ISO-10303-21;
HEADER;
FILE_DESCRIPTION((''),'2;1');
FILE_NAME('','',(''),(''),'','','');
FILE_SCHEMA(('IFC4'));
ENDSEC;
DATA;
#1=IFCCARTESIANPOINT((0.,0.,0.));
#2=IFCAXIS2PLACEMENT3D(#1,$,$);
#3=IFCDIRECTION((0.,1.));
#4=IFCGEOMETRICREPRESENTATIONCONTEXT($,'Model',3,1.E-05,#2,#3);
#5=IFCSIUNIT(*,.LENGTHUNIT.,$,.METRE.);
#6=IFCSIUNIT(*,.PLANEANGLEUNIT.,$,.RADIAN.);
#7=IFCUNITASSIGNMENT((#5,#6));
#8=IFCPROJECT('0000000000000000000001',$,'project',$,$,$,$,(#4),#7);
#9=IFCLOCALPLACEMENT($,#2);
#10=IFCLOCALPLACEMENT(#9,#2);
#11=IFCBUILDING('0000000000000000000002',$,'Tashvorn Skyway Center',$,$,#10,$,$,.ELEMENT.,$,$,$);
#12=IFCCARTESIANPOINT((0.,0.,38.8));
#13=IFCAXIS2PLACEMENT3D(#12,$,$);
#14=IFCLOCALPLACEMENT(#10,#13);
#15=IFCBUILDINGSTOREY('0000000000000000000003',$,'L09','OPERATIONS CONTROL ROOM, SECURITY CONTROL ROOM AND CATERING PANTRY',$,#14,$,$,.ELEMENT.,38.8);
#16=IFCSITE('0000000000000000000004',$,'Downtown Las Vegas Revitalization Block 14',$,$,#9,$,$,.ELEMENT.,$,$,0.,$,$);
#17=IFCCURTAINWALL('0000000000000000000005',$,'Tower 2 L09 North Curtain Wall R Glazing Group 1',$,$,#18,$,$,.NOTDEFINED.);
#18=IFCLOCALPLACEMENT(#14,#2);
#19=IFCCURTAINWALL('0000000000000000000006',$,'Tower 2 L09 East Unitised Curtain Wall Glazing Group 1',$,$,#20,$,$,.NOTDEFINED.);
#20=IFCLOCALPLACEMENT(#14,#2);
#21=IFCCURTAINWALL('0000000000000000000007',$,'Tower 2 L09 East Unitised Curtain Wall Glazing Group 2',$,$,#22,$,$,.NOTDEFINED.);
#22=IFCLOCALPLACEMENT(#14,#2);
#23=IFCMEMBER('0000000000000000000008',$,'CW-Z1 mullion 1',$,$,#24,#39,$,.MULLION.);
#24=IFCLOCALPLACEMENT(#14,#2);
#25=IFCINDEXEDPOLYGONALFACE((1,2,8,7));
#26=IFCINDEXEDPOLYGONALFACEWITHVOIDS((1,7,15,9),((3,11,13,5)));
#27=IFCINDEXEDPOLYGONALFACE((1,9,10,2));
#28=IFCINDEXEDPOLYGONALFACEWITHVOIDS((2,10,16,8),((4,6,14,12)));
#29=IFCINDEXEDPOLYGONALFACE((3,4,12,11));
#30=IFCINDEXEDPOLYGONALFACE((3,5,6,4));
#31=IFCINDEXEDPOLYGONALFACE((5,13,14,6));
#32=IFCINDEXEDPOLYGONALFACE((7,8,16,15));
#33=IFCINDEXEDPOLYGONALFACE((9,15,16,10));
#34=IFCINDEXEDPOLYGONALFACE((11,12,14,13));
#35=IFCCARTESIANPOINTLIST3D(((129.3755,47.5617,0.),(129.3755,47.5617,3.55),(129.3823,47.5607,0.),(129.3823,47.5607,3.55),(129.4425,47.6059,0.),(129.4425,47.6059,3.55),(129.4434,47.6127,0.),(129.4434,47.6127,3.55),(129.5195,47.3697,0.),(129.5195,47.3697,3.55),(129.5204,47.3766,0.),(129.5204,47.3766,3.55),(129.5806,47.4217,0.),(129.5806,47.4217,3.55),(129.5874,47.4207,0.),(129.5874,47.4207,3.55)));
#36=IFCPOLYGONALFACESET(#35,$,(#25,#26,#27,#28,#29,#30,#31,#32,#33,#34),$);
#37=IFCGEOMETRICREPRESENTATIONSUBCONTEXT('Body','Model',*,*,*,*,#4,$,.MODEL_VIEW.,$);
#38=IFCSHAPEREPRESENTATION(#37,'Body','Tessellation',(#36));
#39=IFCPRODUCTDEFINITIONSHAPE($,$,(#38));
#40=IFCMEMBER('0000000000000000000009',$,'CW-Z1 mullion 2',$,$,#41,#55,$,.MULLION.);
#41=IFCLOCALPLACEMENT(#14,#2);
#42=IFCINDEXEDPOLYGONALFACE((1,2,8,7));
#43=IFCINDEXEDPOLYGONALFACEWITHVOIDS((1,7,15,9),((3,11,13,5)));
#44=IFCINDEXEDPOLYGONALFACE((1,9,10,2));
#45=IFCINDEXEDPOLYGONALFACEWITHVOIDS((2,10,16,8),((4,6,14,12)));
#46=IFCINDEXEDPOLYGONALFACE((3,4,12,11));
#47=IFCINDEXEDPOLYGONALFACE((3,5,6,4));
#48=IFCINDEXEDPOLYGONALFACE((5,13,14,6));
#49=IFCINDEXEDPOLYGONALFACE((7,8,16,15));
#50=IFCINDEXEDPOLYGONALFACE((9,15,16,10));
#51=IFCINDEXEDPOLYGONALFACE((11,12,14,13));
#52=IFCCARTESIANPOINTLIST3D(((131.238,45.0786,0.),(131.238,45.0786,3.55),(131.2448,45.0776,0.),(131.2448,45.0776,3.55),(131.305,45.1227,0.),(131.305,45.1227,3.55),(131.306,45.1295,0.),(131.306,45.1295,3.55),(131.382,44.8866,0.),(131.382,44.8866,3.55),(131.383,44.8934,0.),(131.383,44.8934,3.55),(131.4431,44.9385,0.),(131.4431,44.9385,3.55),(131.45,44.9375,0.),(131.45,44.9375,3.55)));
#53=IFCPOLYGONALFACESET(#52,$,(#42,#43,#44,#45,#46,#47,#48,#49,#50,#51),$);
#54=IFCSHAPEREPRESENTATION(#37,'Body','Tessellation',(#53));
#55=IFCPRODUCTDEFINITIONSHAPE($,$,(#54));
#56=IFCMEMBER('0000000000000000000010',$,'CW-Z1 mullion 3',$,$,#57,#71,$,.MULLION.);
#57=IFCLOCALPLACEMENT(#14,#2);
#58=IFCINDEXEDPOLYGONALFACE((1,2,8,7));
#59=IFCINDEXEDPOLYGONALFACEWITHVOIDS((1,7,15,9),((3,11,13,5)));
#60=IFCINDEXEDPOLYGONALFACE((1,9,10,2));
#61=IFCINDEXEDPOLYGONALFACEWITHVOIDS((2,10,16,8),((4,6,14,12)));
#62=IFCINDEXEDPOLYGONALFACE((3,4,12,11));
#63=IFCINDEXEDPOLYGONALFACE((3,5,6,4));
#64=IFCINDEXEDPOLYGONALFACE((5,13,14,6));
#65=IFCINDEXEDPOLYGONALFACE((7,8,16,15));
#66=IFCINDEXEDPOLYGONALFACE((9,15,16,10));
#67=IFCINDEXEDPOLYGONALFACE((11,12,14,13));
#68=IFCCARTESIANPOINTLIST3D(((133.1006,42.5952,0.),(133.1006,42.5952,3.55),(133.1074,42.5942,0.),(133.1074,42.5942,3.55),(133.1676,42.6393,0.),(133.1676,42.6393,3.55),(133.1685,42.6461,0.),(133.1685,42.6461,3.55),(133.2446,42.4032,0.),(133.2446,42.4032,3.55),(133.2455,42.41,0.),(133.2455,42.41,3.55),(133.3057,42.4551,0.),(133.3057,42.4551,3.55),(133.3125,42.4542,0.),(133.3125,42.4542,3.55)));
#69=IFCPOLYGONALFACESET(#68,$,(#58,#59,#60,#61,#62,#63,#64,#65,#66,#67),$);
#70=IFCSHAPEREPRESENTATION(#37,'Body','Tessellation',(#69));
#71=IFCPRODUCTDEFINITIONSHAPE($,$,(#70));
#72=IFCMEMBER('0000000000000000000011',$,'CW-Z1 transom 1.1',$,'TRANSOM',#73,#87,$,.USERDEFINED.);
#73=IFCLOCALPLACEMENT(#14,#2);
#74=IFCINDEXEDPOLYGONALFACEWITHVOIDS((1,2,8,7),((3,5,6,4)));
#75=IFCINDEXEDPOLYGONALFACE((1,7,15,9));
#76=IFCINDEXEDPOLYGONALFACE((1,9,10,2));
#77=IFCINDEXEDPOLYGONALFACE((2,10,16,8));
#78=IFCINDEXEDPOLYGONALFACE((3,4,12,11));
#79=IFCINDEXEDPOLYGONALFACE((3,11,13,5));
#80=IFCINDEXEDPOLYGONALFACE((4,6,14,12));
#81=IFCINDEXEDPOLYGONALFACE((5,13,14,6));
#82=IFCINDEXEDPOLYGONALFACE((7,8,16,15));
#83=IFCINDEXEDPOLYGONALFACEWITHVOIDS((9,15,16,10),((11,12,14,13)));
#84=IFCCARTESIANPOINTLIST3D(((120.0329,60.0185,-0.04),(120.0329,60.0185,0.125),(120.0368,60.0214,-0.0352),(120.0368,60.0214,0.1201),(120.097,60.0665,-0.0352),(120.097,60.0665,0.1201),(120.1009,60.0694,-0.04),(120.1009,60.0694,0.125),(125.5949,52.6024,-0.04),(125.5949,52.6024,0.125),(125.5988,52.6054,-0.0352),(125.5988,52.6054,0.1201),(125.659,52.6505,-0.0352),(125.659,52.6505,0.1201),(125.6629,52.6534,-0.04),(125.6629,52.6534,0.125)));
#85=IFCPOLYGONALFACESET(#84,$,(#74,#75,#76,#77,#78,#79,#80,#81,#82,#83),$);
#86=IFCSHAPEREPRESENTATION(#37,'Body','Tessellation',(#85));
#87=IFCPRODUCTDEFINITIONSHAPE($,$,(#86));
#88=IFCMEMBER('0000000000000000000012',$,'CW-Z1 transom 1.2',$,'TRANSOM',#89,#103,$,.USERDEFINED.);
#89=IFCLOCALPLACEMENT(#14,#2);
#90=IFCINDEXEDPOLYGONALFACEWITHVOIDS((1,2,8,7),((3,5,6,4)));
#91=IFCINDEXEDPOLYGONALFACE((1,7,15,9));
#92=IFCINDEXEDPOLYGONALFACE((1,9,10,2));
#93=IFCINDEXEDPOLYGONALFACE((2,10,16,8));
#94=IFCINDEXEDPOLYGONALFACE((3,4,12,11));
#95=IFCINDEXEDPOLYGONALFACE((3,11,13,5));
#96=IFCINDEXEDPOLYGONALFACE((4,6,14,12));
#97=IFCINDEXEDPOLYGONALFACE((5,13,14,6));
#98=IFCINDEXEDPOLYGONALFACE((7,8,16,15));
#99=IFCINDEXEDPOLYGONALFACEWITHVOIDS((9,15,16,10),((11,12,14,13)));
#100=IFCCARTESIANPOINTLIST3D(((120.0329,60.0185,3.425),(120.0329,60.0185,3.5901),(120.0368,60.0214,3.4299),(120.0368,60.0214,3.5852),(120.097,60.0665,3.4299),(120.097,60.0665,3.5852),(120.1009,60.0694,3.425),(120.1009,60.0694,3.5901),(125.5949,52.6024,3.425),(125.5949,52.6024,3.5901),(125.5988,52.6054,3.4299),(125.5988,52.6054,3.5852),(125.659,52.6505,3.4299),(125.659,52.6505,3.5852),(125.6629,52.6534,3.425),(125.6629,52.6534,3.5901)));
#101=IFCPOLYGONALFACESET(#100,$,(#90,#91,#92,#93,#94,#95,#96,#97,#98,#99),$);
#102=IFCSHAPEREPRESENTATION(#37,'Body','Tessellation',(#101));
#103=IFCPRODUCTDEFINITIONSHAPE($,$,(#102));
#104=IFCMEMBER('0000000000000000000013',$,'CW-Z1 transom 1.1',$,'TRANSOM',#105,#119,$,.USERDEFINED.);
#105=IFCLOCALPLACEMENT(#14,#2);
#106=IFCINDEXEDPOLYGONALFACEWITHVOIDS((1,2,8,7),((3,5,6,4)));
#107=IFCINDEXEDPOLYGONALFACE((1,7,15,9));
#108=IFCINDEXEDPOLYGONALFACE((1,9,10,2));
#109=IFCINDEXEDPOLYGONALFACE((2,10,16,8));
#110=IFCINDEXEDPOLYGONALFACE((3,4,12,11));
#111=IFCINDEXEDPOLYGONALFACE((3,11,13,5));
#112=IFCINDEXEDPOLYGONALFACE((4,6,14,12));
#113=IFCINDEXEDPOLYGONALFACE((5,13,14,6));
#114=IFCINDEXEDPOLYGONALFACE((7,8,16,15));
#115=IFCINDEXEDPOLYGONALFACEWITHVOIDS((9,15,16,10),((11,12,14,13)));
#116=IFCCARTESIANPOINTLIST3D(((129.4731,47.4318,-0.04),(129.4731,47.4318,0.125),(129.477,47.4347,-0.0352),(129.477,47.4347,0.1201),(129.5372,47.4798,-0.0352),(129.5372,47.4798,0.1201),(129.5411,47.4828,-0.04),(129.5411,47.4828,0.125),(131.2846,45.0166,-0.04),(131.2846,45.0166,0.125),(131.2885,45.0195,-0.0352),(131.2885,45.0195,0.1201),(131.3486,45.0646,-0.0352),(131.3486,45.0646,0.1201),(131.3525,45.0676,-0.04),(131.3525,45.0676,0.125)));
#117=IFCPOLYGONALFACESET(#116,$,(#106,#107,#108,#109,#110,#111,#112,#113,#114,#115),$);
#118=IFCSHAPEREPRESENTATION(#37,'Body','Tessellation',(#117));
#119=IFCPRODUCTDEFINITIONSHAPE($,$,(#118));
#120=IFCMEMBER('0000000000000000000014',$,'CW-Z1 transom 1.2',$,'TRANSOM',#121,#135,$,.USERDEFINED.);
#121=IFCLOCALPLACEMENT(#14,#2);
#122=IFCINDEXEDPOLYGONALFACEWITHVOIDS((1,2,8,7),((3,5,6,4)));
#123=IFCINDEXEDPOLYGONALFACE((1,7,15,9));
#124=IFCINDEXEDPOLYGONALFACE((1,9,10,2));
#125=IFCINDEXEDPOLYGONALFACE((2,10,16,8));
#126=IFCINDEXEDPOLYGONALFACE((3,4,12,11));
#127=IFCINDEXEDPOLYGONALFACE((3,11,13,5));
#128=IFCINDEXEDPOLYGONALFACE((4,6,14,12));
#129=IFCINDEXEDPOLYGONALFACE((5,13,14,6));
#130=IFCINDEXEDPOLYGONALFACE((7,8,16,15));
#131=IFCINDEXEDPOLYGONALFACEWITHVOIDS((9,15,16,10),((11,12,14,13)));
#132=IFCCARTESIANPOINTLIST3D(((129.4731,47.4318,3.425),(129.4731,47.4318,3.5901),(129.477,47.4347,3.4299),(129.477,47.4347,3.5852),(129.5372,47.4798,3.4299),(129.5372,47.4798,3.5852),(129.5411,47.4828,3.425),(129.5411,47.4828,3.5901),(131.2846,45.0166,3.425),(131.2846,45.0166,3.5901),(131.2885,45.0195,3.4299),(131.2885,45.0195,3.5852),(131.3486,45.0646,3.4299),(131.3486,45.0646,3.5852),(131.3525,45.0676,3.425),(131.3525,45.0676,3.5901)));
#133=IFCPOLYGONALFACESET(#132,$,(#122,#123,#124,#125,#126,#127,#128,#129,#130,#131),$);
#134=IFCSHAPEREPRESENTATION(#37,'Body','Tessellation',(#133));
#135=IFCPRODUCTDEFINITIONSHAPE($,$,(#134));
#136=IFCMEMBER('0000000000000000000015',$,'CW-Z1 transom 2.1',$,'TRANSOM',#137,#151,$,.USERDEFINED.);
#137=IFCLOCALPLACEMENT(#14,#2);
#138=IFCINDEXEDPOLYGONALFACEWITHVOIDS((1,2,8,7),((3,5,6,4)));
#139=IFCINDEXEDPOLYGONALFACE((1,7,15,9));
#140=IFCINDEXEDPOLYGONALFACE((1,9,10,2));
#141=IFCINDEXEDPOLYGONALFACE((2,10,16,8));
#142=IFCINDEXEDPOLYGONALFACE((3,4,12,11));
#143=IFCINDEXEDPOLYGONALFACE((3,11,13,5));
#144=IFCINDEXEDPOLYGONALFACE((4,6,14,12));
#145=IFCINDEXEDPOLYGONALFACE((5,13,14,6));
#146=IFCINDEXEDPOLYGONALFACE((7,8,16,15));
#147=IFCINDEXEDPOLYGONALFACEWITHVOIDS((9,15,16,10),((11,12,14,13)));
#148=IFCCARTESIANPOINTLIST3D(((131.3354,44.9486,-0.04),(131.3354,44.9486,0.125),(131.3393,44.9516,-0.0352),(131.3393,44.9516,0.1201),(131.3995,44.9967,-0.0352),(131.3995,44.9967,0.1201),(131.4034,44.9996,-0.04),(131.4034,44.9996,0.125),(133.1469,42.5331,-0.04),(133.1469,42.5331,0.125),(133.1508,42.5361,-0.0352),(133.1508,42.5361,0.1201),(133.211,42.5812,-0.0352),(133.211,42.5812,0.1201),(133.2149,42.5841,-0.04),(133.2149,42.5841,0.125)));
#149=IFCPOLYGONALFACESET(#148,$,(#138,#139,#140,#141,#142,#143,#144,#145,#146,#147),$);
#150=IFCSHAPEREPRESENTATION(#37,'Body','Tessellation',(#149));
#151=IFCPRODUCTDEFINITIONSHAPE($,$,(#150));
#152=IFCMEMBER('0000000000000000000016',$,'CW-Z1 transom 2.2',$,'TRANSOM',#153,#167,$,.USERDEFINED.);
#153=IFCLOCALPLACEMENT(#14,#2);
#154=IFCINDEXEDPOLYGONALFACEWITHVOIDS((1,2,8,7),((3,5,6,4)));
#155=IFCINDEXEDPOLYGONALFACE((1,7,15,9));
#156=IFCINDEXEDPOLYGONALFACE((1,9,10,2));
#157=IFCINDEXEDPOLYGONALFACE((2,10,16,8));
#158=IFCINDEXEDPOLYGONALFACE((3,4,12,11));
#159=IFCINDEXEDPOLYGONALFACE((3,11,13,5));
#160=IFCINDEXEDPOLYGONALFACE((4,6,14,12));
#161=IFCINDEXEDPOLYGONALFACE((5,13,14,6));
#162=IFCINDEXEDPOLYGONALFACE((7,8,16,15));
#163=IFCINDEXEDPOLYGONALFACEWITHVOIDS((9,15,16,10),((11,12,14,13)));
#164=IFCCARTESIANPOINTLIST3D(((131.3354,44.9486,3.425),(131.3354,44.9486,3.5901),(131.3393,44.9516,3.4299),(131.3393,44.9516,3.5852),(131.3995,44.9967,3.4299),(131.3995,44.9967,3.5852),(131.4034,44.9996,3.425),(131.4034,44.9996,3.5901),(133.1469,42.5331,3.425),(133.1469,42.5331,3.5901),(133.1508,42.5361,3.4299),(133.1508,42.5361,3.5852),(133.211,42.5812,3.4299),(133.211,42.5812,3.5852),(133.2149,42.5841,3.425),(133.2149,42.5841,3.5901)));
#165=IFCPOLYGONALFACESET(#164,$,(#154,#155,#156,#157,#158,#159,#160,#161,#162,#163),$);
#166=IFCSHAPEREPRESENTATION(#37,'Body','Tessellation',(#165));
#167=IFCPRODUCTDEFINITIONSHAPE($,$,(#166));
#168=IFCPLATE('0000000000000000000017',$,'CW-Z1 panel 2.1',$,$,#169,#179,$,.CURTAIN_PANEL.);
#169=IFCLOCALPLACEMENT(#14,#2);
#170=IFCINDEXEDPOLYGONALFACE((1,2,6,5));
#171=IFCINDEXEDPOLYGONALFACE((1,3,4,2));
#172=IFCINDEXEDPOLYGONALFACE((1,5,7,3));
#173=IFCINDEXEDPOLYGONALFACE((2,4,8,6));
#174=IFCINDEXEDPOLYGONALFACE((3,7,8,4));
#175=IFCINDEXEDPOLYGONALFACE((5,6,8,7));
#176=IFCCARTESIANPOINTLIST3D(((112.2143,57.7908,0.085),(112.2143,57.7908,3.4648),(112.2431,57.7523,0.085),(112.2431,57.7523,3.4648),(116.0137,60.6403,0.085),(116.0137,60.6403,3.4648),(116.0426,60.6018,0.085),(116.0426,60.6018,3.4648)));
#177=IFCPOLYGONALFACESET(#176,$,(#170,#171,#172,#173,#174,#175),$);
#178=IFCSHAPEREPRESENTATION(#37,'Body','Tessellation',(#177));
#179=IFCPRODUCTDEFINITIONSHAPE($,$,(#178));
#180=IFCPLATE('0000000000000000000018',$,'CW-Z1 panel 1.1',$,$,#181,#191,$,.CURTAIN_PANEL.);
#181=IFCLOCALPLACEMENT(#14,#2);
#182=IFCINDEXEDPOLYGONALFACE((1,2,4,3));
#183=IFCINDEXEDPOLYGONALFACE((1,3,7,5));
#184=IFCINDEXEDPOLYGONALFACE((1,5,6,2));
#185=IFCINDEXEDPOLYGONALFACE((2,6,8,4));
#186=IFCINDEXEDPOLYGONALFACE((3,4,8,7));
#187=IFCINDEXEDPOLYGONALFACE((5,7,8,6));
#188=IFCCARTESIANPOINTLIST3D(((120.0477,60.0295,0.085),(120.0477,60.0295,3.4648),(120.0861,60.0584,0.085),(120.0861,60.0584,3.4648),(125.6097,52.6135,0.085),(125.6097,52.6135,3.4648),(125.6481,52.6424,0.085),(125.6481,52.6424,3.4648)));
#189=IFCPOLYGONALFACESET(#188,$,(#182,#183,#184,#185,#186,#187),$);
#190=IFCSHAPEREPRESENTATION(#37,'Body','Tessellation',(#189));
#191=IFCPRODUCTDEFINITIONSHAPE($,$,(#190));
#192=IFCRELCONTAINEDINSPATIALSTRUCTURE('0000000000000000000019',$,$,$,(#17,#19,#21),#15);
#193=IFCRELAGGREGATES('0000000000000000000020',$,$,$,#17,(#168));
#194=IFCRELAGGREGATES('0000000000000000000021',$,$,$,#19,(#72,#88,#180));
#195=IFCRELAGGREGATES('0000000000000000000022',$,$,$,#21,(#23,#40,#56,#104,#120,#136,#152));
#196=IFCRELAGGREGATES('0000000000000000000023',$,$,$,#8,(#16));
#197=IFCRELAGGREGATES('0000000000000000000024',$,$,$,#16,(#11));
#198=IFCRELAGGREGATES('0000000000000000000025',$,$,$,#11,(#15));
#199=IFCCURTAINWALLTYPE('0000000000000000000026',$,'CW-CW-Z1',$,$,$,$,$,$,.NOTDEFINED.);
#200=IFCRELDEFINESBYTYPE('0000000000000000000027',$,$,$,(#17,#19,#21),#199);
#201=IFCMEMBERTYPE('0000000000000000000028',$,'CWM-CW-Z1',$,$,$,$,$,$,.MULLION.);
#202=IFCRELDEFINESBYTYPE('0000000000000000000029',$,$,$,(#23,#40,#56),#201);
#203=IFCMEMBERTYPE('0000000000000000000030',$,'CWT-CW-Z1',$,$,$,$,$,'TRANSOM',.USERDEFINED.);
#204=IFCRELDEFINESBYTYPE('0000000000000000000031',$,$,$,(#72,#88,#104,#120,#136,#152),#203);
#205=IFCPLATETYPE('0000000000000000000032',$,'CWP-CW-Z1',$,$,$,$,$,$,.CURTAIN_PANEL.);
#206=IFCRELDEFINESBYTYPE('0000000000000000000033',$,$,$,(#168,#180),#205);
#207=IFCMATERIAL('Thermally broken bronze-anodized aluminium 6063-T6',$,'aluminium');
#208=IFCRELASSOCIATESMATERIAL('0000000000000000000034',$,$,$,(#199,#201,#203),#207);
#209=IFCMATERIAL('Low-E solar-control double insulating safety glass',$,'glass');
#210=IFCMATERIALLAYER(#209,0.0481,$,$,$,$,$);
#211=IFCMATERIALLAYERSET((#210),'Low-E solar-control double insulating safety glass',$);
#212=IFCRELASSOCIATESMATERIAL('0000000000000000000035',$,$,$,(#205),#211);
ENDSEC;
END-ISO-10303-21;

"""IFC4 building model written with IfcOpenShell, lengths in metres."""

from ifc_helpers import new_model, si_unit, direction, frame, origin, origin_2d, place, context, subcontext, project, spatial, rectangle, hollow_rectangle, extrude, material, layer, layer_set, material_profile, profile_set, type_object, element, aggregate, save


model = new_model("IFC4")

# Units and contexts
model_context = context("Model", 3, precision=1e-05, world=origin(), true_north=direction((0.0, 1.0)))
body_context = subcontext(model_context, "Body", "Model", "MODEL_VIEW")
ifc_project = project(units=[si_unit("LENGTHUNIT", "METRE"), si_unit("PLANEANGLEUNIT", "RADIAN")], contexts=[model_context])

# Site, building, storey
site_placement = place(None, origin())
site = spatial("IfcSite", under=ifc_project, at=site_placement, Name="Downtown Las Vegas Revitalization Block 14", CompositionType="ELEMENT", RefElevation=0.0)
building_placement = place(site_placement, origin())
building = spatial("IfcBuilding", under=site, at=building_placement, Name="Tashvorn Skyway Center", CompositionType="ELEMENT")
storey_placement = place(building_placement, frame((0.0, 0.0, 38.8)))
storey = spatial("IfcBuildingStorey", under=building, at=storey_placement, Name="L09", Description="OPERATIONS CONTROL ROOM, SECURITY CONTROL ROOM AND CATERING PANTRY", CompositionType="ELEMENT", Elevation=38.8)

# Curtain wall
ifc_material_1 = material(Name="Thermally broken bronze-anodized aluminium 6063-T6", Category="aluminium")
curtain_wall_type = type_object("IfcCurtainWallType", Name="CW-CW-Z1", PredefinedType="NOTDEFINED", material=ifc_material_1)
curtain_wall_1_placement = place(storey_placement, origin())
curtain_wall_1 = element("IfcCurtainWall", 1, at=curtain_wall_1_placement, inside=storey, type_object=curtain_wall_type, Name="Tower 2 L09 North Curtain Wall R Glazing Group 1", PredefinedType="NOTDEFINED")
ifc_material_profile_1 = material_profile(ifc_material_1, hollow_rectangle(XDim=0.085, YDim=0.24, WallThickness=0.0049, at=origin_2d()), Name="ALU-MULL-85x240")
ifc_profile_set_1 = profile_set([ifc_material_profile_1], Name="Thermally broken bronze-anodized aluminium 6063-T6")
member_type_1 = type_object("IfcMemberType", Name="CWM-CW-Z1", PredefinedType="MULLION", material=ifc_profile_set_1)

# Curtain walls, members
curtain_wall_2_placement = place(storey_placement, origin())
curtain_wall_2 = element("IfcCurtainWall", 2, at=curtain_wall_2_placement, inside=storey, type_object=curtain_wall_type, Name="Tower 2 L09 East Unitised Curtain Wall Glazing Group 1", PredefinedType="NOTDEFINED")
curtain_wall_3_placement = place(storey_placement, origin())
curtain_wall_3 = element("IfcCurtainWall", 3, at=curtain_wall_3_placement, inside=storey, type_object=curtain_wall_type, Name="Tower 2 L09 East Unitised Curtain Wall Glazing Group 2", PredefinedType="NOTDEFINED")
member_1_placement = place(storey_placement, frame((129.4814, 47.4912, 0.0), z_axis=(0.0, 0.0, 1.0), x_axis=(0.799996, 0.600005, 0.0)))
member_1 = element("IfcMember", 4, at=member_1_placement, type_object=member_type_1, Name="CW-Z1 mullion 1", PredefinedType="MULLION", context=body_context, shape_type="SweptSolid", body=[
    extrude(hollow_rectangle(XDim=0.085, YDim=0.24, WallThickness=0.0049, at=origin_2d()), origin(), (0.0, 0.0, 1.0), 3.55),
])
member_2_placement = place(storey_placement, frame((131.344, 45.0081, 0.0), z_axis=(0.0, 0.0, 1.0), x_axis=(0.799996, 0.600005, 0.0)))
member_2 = element("IfcMember", 5, at=member_2_placement, type_object=member_type_1, Name="CW-Z1 mullion 2", PredefinedType="MULLION", context=body_context, shape_type="SweptSolid", body=[
    extrude(hollow_rectangle(XDim=0.085, YDim=0.24, WallThickness=0.0049, at=origin_2d()), origin(), (0.0, 0.0, 1.0), 3.55),
])
member_3_placement = place(storey_placement, frame((133.2065, 42.5247, 0.0), z_axis=(0.0, 0.0, 1.0), x_axis=(0.799996, 0.600005, 0.0)))
member_3 = element("IfcMember", 6, at=member_3_placement, type_object=member_type_1, Name="CW-Z1 mullion 3", PredefinedType="MULLION", context=body_context, shape_type="SweptSolid", body=[
    extrude(hollow_rectangle(XDim=0.085, YDim=0.24, WallThickness=0.0049, at=origin_2d()), origin(), (0.0, 0.0, 1.0), 3.55),
])

# Members
ifc_material_profile_2 = material_profile(ifc_material_1, hollow_rectangle(XDim=0.085, YDim=0.165, WallThickness=0.0049, at=origin_2d()), Name="ALU-TRAN-85x165")
ifc_profile_set_2 = profile_set([ifc_material_profile_2], Name="Thermally broken bronze-anodized aluminium 6063-T6")
member_type_2 = type_object("IfcMemberType", Name="CWT-CW-Z1", ElementType="TRANSOM", PredefinedType="USERDEFINED", material=ifc_profile_set_2)
member_4_placement = place(storey_placement, frame((120.0669, 60.0439, 0.0425), z_axis=(0.6, -0.8, 0.0), x_axis=(0.8, 0.6, 0.0)))
member_4 = element("IfcMember", 7, at=member_4_placement, type_object=member_type_2, Name="CW-Z1 transom 1.1", ObjectType="TRANSOM", PredefinedType="USERDEFINED", context=body_context, shape_type="SweptSolid", body=[
    extrude(hollow_rectangle(XDim=0.085, YDim=0.165, WallThickness=0.0049, at=origin_2d()), origin(), (0.0, 0.0, 1.0), 9.27),
])
member_5_placement = place(storey_placement, frame((120.0669, 60.0439, 3.5076), z_axis=(0.6, -0.8, 0.0), x_axis=(0.8, 0.6, 0.0)))
member_5 = element("IfcMember", 8, at=member_5_placement, type_object=member_type_2, Name="CW-Z1 transom 1.2", ObjectType="TRANSOM", PredefinedType="USERDEFINED", context=body_context, shape_type="SweptSolid", body=[
    extrude(hollow_rectangle(XDim=0.085, YDim=0.165, WallThickness=0.0049, at=origin_2d()), origin(), (0.0, 0.0, 1.0), 9.27),
])
member_6_placement = place(storey_placement, frame((129.5071, 47.4573, 0.0425), z_axis=(0.600013, -0.79999, 0.0), x_axis=(0.79999, 0.600013, 0.0)))
member_6 = element("IfcMember", 9, at=member_6_placement, type_object=member_type_2, Name="CW-Z1 transom 1.1", ObjectType="TRANSOM", PredefinedType="USERDEFINED", context=body_context, shape_type="SweptSolid", body=[
    extrude(hollow_rectangle(XDim=0.085, YDim=0.165, WallThickness=0.0049, at=origin_2d()), origin(), (0.0, 0.0, 1.0), 3.019),
])
member_7_placement = place(storey_placement, frame((129.5071, 47.4573, 3.5076), z_axis=(0.600013, -0.79999, 0.0), x_axis=(0.79999, 0.600013, 0.0)))
member_7 = element("IfcMember", 10, at=member_7_placement, type_object=member_type_2, Name="CW-Z1 transom 1.2", ObjectType="TRANSOM", PredefinedType="USERDEFINED", context=body_context, shape_type="SweptSolid", body=[
    extrude(hollow_rectangle(XDim=0.085, YDim=0.165, WallThickness=0.0049, at=origin_2d()), origin(), (0.0, 0.0, 1.0), 3.019),
])
member_8_placement = place(storey_placement, frame((131.3694, 44.9741, 0.0425), z_axis=(0.599974, -0.800019, 0.0), x_axis=(0.800019, 0.599974, 0.0)))
member_8 = element("IfcMember", 11, at=member_8_placement, type_object=member_type_2, Name="CW-Z1 transom 2.1", ObjectType="TRANSOM", PredefinedType="USERDEFINED", context=body_context, shape_type="SweptSolid", body=[
    extrude(hollow_rectangle(XDim=0.085, YDim=0.165, WallThickness=0.0049, at=origin_2d()), origin(), (0.0, 0.0, 1.0), 3.0193),
])
member_9_placement = place(storey_placement, frame((131.3694, 44.9741, 3.5076), z_axis=(0.599974, -0.800019, 0.0), x_axis=(0.800019, 0.599974, 0.0)))
member_9 = element("IfcMember", 12, at=member_9_placement, type_object=member_type_2, Name="CW-Z1 transom 2.2", ObjectType="TRANSOM", PredefinedType="USERDEFINED", context=body_context, shape_type="SweptSolid", body=[
    extrude(hollow_rectangle(XDim=0.085, YDim=0.165, WallThickness=0.0049, at=origin_2d()), origin(), (0.0, 0.0, 1.0), 3.0193),
])

# Plates
ifc_material_2 = material(Name="Low-E solar-control double insulating safety glass", Category="glass")
ifc_layer_1 = layer(ifc_material_2, 0.0481)
ifc_layer_set_1 = layer_set([ifc_layer_1], Name="Low-E solar-control double insulating safety glass")
plate_type = type_object("IfcPlateType", Name="CWP-CW-Z1", PredefinedType="CURTAIN_PANEL", material=ifc_layer_set_1)
plate_1_placement = place(storey_placement, frame((114.1284, 59.1963, 0.085), z_axis=(0.0, 0.0, 1.0), x_axis=(0.800001, 0.599998, 0.0)))
plate_1 = element("IfcPlate", 13, at=plate_1_placement, type_object=plate_type, Name="CW-Z1 panel 2.1", PredefinedType="CURTAIN_PANEL", context=body_context, shape_type="SweptSolid", body=[
    extrude(rectangle(XDim=4.7493, YDim=0.0481, at=origin_2d()), origin(), (0.0, 0.0, 1.0), 3.3799),
])
aggregate(curtain_wall_1, [plate_1])
plate_2_placement = place(storey_placement, frame((122.8479, 56.3359, 0.085), z_axis=(0.0, 0.0, 1.0), x_axis=(0.6, -0.8, 0.0)))
plate_2 = element("IfcPlate", 14, at=plate_2_placement, type_object=plate_type, Name="CW-Z1 panel 1.1", PredefinedType="CURTAIN_PANEL", context=body_context, shape_type="SweptSolid", body=[
    extrude(rectangle(XDim=9.27, YDim=0.0481, at=origin_2d()), origin(), (0.0, 0.0, 1.0), 3.3799),
])
aggregate(curtain_wall_2, [member_4, member_5, plate_2])
aggregate(curtain_wall_3, [member_1, member_2, member_3, member_6, member_7, member_8, member_9])

save(model, "model.ifc")
